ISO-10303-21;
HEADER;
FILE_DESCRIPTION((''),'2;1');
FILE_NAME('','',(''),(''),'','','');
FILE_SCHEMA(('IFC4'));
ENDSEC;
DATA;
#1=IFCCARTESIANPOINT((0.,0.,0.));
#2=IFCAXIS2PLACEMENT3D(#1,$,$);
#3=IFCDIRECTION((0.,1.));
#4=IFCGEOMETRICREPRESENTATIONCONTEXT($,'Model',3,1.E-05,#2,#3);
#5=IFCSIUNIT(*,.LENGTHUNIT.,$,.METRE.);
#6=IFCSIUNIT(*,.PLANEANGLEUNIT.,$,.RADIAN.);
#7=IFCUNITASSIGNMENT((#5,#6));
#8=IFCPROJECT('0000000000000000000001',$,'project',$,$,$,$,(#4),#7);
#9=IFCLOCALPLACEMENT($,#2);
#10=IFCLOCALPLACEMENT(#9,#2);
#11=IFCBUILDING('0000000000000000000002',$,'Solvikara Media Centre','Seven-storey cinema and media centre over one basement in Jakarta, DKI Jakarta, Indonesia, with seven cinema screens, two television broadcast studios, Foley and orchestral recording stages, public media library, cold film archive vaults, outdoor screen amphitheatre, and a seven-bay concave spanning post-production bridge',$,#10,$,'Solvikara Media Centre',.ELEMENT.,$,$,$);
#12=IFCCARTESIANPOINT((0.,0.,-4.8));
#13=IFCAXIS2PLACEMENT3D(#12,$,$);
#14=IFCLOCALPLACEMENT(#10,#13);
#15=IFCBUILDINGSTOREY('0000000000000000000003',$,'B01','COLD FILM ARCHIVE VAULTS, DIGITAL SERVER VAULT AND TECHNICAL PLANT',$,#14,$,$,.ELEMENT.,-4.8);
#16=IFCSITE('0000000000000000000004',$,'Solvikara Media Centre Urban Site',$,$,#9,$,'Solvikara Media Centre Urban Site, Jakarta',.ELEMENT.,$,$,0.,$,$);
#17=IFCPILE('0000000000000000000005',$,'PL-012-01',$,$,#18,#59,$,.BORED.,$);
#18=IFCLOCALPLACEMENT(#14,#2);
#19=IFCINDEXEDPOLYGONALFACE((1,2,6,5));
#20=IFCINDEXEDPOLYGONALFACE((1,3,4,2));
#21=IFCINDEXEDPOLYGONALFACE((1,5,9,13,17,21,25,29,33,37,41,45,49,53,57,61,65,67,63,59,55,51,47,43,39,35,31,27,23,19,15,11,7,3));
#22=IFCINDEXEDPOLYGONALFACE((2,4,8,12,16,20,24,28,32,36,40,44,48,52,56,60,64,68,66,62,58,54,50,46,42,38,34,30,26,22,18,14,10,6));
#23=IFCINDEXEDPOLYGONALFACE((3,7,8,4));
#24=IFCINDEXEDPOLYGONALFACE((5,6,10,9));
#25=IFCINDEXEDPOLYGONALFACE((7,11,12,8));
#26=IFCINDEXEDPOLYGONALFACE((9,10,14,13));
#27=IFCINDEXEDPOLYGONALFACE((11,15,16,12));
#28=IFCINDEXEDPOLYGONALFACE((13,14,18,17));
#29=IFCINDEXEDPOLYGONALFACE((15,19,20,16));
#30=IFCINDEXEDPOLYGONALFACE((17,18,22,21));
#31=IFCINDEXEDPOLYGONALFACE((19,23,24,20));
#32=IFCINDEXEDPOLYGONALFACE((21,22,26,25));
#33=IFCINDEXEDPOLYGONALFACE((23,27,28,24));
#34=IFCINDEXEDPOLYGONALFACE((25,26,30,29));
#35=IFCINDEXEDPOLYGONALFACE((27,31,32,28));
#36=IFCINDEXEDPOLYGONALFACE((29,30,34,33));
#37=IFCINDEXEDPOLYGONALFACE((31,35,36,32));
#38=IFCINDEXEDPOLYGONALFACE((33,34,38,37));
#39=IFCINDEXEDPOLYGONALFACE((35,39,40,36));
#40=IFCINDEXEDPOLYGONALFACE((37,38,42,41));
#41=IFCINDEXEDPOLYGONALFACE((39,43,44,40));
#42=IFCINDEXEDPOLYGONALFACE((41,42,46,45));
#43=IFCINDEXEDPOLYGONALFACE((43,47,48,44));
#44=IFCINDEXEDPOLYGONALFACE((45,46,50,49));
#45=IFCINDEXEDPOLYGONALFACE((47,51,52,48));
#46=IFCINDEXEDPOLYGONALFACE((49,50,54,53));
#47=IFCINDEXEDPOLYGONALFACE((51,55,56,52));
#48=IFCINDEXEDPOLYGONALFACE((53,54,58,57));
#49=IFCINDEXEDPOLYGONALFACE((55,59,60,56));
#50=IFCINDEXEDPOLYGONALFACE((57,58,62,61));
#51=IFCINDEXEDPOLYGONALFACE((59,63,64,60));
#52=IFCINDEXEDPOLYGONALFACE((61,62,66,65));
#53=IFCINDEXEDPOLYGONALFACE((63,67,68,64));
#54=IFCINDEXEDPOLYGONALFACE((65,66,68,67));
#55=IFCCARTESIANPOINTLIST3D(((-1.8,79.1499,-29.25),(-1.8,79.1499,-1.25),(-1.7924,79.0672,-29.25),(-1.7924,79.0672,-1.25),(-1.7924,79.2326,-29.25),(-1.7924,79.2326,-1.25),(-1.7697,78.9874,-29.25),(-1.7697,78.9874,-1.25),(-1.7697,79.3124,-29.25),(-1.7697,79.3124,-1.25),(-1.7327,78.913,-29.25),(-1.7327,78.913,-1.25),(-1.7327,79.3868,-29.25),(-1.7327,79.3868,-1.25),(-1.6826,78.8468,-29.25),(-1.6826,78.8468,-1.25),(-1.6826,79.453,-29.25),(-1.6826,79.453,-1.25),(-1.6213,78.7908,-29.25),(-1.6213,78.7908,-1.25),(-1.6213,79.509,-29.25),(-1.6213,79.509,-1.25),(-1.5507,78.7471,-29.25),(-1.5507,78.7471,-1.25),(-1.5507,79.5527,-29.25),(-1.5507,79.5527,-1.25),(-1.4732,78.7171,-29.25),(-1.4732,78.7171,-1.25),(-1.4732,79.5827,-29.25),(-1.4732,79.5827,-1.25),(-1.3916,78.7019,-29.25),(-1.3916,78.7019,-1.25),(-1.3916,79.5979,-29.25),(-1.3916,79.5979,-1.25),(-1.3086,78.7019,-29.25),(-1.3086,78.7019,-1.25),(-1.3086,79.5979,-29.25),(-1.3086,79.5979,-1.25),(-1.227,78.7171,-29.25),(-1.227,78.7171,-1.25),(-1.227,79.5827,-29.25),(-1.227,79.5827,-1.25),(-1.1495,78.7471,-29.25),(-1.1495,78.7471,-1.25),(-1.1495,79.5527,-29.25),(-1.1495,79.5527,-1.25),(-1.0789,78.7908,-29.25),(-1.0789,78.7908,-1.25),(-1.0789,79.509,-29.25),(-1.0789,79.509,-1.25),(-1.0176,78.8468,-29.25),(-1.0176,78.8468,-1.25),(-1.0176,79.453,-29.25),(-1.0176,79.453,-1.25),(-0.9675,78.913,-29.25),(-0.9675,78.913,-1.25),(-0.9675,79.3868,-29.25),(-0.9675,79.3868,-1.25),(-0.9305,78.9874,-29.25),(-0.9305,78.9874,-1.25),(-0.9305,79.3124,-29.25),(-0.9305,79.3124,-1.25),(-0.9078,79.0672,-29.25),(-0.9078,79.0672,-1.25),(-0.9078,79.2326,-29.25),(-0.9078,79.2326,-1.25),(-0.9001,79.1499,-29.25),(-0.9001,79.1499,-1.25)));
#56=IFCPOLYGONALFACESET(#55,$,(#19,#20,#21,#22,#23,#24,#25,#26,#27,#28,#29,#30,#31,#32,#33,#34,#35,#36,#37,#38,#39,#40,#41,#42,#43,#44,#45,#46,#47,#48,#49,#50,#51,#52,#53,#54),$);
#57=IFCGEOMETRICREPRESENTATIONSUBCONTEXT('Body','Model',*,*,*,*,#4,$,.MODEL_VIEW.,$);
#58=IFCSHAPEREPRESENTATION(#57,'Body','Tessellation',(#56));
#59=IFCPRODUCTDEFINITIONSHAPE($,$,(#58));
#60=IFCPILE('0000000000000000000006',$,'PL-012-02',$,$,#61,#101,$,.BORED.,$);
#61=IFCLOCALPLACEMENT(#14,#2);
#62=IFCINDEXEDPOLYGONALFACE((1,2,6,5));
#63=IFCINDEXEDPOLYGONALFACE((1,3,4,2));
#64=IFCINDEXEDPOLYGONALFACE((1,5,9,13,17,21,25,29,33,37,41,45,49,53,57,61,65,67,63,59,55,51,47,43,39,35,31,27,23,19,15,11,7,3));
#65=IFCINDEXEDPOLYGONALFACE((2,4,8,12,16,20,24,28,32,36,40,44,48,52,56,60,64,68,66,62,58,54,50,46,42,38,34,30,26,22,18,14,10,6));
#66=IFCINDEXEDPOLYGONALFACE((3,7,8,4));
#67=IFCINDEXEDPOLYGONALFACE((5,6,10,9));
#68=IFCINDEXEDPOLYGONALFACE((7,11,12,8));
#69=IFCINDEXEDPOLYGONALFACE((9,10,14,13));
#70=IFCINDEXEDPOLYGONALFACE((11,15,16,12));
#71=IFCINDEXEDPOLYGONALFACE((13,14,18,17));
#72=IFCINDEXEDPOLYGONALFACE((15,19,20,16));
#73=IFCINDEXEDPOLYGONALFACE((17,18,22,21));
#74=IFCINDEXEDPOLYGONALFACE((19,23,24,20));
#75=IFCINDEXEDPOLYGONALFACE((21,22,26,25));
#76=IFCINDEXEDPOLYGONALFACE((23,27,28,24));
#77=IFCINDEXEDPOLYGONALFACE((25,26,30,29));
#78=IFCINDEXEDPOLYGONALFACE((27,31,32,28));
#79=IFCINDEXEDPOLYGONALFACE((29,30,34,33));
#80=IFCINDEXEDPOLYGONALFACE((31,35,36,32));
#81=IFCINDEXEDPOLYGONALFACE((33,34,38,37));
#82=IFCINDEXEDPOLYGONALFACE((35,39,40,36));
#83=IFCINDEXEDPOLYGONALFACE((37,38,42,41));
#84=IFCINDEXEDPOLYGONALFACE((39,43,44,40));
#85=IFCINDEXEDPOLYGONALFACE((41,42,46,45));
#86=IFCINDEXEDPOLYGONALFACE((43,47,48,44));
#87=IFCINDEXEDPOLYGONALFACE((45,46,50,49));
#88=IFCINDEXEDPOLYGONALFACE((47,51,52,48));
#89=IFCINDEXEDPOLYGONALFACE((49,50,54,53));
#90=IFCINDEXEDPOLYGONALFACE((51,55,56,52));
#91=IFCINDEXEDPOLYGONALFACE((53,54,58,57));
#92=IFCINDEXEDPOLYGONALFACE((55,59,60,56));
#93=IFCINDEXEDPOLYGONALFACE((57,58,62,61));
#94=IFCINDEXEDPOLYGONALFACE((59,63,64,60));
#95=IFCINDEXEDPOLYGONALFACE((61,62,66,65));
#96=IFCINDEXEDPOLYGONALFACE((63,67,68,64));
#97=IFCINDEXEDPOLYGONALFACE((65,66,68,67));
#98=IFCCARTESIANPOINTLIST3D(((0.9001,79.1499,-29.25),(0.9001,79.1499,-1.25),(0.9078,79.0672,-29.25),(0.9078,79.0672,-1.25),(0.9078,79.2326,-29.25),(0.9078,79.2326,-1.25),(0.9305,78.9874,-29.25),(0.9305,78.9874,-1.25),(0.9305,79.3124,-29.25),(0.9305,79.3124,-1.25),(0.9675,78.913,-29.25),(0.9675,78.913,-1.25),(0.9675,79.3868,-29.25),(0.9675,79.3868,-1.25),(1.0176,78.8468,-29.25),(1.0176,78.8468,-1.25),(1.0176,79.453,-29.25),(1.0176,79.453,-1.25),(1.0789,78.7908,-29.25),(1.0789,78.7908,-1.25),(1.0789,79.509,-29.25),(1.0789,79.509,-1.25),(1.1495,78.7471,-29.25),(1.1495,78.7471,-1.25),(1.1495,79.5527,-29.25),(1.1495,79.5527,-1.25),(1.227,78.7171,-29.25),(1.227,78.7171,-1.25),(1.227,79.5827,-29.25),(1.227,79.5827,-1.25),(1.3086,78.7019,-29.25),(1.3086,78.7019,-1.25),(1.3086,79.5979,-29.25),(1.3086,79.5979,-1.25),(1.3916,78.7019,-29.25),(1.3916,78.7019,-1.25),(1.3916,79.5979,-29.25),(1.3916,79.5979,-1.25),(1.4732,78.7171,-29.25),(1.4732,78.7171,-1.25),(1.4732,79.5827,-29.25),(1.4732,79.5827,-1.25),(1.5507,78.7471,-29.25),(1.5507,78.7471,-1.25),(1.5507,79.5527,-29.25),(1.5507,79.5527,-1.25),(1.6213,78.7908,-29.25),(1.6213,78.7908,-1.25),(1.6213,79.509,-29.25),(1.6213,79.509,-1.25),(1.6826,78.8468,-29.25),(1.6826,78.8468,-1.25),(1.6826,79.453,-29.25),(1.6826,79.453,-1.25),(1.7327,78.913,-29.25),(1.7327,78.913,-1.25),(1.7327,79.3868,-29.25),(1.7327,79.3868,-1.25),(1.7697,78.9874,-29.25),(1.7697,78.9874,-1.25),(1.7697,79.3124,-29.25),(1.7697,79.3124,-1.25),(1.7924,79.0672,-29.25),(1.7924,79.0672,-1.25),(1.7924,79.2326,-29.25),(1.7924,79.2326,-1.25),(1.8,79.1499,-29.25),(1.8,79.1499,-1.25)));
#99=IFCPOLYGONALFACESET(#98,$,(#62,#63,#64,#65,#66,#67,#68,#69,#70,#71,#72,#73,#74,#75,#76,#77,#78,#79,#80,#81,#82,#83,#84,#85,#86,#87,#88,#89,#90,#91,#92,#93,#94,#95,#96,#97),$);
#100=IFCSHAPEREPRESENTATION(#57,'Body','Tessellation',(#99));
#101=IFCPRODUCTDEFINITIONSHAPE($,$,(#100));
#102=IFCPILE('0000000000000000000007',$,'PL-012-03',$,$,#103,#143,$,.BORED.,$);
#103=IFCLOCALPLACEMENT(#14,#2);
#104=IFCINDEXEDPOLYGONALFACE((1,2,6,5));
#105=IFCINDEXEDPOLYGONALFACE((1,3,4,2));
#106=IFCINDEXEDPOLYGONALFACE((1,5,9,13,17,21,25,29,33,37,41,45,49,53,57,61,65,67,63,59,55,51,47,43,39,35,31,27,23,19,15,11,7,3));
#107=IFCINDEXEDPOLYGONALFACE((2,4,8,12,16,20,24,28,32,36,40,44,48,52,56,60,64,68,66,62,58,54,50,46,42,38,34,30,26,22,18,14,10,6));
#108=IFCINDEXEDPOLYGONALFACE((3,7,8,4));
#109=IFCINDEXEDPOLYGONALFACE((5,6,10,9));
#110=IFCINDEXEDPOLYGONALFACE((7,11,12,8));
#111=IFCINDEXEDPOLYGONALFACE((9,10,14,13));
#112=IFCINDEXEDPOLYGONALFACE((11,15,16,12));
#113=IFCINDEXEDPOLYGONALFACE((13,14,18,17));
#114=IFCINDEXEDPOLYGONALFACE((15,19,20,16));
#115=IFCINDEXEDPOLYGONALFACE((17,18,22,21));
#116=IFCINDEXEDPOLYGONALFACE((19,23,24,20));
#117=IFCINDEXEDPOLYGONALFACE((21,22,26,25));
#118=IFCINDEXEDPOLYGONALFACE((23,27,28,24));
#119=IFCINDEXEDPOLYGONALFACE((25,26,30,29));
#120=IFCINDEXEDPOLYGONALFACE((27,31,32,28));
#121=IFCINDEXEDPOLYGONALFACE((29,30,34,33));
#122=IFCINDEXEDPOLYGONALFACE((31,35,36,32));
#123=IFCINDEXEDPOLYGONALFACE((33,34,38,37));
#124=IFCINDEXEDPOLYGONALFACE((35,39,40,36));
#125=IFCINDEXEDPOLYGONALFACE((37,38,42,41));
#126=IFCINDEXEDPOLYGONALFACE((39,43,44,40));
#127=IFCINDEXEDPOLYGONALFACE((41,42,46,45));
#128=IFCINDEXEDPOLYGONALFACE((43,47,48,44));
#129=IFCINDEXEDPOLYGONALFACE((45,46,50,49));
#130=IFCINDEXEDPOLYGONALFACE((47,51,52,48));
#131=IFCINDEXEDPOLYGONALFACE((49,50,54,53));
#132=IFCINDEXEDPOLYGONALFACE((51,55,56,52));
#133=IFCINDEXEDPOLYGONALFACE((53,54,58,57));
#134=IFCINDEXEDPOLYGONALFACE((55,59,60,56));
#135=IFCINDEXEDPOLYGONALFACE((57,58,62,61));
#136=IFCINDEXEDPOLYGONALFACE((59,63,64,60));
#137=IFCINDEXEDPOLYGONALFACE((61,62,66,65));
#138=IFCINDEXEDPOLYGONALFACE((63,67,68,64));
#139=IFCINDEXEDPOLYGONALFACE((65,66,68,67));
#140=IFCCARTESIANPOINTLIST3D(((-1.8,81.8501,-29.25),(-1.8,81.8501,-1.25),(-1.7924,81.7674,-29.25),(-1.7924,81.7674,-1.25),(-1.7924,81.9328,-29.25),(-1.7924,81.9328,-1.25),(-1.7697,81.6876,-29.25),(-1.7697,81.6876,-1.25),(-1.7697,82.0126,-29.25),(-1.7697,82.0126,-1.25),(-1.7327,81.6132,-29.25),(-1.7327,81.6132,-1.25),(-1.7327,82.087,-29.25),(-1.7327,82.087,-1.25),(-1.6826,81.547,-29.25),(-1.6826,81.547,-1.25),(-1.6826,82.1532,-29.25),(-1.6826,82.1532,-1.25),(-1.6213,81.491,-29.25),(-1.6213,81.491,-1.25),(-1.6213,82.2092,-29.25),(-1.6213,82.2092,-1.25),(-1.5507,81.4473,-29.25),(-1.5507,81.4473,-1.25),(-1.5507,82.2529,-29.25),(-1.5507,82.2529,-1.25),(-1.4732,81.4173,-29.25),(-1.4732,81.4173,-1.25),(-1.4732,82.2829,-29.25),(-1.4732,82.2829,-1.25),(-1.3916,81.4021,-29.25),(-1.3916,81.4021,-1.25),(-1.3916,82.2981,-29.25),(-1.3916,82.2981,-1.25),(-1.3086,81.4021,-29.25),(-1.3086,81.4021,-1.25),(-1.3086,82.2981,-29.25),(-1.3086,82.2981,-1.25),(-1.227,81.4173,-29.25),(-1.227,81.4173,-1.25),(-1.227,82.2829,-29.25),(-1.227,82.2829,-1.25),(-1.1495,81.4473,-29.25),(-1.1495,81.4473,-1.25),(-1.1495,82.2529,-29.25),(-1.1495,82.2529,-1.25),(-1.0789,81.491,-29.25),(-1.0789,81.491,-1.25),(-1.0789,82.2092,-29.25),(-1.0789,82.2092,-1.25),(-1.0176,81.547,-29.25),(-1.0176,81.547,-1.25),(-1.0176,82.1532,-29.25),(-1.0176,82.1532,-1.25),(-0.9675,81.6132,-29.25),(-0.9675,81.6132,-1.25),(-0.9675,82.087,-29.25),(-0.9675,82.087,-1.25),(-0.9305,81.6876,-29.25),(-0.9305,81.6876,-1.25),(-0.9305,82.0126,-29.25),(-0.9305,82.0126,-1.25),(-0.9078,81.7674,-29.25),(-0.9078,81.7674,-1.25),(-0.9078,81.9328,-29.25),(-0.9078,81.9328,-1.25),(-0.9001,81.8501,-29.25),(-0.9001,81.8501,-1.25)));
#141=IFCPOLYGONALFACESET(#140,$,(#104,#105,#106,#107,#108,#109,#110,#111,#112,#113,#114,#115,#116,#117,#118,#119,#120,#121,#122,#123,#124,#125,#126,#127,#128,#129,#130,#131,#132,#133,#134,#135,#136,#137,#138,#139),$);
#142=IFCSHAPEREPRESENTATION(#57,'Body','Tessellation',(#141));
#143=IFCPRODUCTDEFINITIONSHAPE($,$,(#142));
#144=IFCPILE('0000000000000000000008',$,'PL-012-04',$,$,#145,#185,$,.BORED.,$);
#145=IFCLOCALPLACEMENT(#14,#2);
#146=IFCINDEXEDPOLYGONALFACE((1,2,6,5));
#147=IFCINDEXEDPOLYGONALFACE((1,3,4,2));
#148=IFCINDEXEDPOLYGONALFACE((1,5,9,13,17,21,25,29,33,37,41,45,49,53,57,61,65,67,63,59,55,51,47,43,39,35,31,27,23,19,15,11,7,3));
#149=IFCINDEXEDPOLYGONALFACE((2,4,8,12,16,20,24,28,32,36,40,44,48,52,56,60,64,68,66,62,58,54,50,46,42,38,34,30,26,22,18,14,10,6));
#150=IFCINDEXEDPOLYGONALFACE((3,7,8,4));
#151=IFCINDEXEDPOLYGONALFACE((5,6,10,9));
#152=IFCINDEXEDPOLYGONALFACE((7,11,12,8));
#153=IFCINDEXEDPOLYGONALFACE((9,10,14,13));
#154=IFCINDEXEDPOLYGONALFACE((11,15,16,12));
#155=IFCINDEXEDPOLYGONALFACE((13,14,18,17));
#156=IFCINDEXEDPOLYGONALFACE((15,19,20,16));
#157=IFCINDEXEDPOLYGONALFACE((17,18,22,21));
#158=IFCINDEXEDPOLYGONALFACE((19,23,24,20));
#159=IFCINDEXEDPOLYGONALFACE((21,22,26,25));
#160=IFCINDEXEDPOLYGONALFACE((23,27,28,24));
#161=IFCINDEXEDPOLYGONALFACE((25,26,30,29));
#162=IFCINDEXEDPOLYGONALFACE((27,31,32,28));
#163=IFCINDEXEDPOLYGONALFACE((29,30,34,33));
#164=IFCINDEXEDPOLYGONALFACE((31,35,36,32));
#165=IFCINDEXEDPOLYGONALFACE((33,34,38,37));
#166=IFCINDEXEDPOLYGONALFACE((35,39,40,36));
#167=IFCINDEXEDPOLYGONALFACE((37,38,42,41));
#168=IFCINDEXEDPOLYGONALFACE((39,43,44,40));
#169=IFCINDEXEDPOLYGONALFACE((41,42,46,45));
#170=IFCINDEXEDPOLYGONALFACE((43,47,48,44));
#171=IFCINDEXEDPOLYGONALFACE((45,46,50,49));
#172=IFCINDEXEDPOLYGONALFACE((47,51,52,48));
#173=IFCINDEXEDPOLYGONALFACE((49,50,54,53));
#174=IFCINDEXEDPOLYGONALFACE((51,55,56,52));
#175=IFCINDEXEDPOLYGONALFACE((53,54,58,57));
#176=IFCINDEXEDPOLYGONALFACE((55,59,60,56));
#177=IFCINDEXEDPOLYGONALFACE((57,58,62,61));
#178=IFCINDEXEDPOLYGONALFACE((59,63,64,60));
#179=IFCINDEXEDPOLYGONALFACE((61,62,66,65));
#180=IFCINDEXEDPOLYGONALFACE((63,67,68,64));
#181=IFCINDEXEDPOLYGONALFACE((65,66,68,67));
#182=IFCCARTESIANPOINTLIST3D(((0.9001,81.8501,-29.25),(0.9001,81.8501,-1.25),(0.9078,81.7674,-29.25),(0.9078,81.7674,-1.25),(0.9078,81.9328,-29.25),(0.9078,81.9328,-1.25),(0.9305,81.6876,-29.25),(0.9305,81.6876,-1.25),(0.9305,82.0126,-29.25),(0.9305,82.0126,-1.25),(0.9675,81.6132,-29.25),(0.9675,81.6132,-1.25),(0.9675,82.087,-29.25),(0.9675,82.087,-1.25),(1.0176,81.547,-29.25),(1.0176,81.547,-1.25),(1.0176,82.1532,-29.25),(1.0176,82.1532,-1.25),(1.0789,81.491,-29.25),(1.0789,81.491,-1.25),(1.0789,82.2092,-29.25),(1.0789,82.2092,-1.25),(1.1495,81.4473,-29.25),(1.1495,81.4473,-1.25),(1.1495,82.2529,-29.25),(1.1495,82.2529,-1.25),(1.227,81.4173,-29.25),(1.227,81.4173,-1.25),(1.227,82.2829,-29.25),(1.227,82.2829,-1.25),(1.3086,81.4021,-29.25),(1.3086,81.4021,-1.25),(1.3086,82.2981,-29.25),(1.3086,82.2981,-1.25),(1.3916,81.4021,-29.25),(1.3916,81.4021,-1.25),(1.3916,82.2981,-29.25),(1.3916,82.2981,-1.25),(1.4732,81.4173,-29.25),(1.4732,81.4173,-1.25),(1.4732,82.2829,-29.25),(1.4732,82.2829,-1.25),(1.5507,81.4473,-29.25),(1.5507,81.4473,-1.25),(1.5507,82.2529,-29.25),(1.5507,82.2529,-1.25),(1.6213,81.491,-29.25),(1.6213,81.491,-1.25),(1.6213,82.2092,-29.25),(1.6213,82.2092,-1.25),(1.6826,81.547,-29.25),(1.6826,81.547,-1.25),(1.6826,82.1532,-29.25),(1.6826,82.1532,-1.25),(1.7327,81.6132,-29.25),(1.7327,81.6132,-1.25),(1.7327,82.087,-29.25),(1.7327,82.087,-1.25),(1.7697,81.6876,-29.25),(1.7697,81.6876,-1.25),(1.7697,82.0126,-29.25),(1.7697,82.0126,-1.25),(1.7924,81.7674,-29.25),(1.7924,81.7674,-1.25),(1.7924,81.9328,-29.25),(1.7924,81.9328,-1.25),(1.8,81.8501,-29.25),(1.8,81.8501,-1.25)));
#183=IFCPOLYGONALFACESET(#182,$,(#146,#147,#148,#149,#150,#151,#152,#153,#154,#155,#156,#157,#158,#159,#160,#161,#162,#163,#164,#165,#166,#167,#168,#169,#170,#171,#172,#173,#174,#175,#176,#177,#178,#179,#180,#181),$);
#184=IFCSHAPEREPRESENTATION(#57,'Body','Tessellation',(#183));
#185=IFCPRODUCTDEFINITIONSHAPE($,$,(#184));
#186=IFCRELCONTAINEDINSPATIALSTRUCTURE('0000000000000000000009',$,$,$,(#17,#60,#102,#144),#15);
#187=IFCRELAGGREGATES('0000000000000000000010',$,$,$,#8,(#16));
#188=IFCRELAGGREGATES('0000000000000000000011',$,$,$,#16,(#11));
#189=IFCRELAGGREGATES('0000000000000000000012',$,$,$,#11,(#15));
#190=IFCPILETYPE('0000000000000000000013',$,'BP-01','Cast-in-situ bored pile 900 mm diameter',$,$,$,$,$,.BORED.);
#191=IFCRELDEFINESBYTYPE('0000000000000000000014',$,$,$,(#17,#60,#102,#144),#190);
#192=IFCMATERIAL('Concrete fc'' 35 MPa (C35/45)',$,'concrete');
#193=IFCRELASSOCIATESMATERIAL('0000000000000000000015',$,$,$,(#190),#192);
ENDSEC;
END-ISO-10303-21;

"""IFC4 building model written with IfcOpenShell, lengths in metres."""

from ifc_helpers import new_model, si_unit, direction, frame, origin, origin_2d, place, context, subcontext, project, spatial, circle, extrude, material, material_profile, profile_set, type_object, element, save


model = new_model("IFC4")

# Units and contexts
model_context = context("Model", 3, precision=1e-05, world=origin(), true_north=direction((0.0, 1.0)))
body_context = subcontext(model_context, "Body", "Model", "MODEL_VIEW")
ifc_project = project(units=[si_unit("LENGTHUNIT", "METRE"), si_unit("PLANEANGLEUNIT", "RADIAN")], contexts=[model_context])

# Site, building, storey
site_placement = place(None, origin())
site = spatial("IfcSite", under=ifc_project, at=site_placement, Name="Solvikara Media Centre Urban Site", LongName="Solvikara Media Centre Urban Site, Jakarta", CompositionType="ELEMENT", RefElevation=0.0)
building_placement = place(site_placement, origin())
building = spatial("IfcBuilding", under=site, at=building_placement, Name="Solvikara Media Centre", Description="Seven-storey cinema and media centre over one basement in Jakarta, DKI Jakarta, Indonesia, with seven cinema screens, two television broadcast studios, Foley and orchestral recording stages, public media library, cold film archive vaults, outdoor screen amphitheatre, and a seven-bay concave spanning post-production bridge", LongName="Solvikara Media Centre", CompositionType="ELEMENT")
storey_placement = place(building_placement, frame((0.0, 0.0, -4.8)))
storey = spatial("IfcBuildingStorey", under=building, at=storey_placement, Name="B01", Description="COLD FILM ARCHIVE VAULTS, DIGITAL SERVER VAULT AND TECHNICAL PLANT", CompositionType="ELEMENT", Elevation=-4.8)

# Piles
ifc_material_1 = material(Name="Concrete fc' 35 MPa (C35/45)", Category="concrete")
ifc_material_profile_1 = material_profile(ifc_material_1, circle(Radius=0.45, at=origin_2d()), Name="BORED PILE D900")
ifc_profile_set_1 = profile_set([ifc_material_profile_1], Name="Concrete fc' 35 MPa (C35/45)")
pile_type_1 = type_object("IfcPileType", Name="BP-01", Description="Cast-in-situ bored pile 900 mm diameter", PredefinedType="BORED", material=ifc_profile_set_1)
for number, where, z_axis, x_axis, name in (
    (1, (-1.3501, 79.1499, -1.25), (0.0, 0.0, -1.0), (1.0, 0.0, 0.0), "PL-012-01"),
    (2, (1.3501, 79.1499, -1.25), (0.0, 0.0, -1.0), (1.0, 0.0, 0.0), "PL-012-02"),
    (3, (-1.3501, 81.8501, -1.25), (0.0, 0.0, -1.0), (1.0, 0.0, 0.0), "PL-012-03"),
    (4, (1.3501, 81.8501, -1.25), (0.0, 0.0, -1.0), (1.0, 0.0, 0.0), "PL-012-04"),
):
    element("IfcPile", number, at=place(storey_placement, frame(where, z_axis=z_axis, x_axis=x_axis)), inside=storey, type_object=pile_type_1, Name=name, PredefinedType="BORED", context=body_context, shape_type="SweptSolid", body=[
        extrude(circle(Radius=0.45, at=origin_2d()), origin(), (0.0, 0.0, 1.0), 28.0),
    ])

save(model, "model.ifc")
